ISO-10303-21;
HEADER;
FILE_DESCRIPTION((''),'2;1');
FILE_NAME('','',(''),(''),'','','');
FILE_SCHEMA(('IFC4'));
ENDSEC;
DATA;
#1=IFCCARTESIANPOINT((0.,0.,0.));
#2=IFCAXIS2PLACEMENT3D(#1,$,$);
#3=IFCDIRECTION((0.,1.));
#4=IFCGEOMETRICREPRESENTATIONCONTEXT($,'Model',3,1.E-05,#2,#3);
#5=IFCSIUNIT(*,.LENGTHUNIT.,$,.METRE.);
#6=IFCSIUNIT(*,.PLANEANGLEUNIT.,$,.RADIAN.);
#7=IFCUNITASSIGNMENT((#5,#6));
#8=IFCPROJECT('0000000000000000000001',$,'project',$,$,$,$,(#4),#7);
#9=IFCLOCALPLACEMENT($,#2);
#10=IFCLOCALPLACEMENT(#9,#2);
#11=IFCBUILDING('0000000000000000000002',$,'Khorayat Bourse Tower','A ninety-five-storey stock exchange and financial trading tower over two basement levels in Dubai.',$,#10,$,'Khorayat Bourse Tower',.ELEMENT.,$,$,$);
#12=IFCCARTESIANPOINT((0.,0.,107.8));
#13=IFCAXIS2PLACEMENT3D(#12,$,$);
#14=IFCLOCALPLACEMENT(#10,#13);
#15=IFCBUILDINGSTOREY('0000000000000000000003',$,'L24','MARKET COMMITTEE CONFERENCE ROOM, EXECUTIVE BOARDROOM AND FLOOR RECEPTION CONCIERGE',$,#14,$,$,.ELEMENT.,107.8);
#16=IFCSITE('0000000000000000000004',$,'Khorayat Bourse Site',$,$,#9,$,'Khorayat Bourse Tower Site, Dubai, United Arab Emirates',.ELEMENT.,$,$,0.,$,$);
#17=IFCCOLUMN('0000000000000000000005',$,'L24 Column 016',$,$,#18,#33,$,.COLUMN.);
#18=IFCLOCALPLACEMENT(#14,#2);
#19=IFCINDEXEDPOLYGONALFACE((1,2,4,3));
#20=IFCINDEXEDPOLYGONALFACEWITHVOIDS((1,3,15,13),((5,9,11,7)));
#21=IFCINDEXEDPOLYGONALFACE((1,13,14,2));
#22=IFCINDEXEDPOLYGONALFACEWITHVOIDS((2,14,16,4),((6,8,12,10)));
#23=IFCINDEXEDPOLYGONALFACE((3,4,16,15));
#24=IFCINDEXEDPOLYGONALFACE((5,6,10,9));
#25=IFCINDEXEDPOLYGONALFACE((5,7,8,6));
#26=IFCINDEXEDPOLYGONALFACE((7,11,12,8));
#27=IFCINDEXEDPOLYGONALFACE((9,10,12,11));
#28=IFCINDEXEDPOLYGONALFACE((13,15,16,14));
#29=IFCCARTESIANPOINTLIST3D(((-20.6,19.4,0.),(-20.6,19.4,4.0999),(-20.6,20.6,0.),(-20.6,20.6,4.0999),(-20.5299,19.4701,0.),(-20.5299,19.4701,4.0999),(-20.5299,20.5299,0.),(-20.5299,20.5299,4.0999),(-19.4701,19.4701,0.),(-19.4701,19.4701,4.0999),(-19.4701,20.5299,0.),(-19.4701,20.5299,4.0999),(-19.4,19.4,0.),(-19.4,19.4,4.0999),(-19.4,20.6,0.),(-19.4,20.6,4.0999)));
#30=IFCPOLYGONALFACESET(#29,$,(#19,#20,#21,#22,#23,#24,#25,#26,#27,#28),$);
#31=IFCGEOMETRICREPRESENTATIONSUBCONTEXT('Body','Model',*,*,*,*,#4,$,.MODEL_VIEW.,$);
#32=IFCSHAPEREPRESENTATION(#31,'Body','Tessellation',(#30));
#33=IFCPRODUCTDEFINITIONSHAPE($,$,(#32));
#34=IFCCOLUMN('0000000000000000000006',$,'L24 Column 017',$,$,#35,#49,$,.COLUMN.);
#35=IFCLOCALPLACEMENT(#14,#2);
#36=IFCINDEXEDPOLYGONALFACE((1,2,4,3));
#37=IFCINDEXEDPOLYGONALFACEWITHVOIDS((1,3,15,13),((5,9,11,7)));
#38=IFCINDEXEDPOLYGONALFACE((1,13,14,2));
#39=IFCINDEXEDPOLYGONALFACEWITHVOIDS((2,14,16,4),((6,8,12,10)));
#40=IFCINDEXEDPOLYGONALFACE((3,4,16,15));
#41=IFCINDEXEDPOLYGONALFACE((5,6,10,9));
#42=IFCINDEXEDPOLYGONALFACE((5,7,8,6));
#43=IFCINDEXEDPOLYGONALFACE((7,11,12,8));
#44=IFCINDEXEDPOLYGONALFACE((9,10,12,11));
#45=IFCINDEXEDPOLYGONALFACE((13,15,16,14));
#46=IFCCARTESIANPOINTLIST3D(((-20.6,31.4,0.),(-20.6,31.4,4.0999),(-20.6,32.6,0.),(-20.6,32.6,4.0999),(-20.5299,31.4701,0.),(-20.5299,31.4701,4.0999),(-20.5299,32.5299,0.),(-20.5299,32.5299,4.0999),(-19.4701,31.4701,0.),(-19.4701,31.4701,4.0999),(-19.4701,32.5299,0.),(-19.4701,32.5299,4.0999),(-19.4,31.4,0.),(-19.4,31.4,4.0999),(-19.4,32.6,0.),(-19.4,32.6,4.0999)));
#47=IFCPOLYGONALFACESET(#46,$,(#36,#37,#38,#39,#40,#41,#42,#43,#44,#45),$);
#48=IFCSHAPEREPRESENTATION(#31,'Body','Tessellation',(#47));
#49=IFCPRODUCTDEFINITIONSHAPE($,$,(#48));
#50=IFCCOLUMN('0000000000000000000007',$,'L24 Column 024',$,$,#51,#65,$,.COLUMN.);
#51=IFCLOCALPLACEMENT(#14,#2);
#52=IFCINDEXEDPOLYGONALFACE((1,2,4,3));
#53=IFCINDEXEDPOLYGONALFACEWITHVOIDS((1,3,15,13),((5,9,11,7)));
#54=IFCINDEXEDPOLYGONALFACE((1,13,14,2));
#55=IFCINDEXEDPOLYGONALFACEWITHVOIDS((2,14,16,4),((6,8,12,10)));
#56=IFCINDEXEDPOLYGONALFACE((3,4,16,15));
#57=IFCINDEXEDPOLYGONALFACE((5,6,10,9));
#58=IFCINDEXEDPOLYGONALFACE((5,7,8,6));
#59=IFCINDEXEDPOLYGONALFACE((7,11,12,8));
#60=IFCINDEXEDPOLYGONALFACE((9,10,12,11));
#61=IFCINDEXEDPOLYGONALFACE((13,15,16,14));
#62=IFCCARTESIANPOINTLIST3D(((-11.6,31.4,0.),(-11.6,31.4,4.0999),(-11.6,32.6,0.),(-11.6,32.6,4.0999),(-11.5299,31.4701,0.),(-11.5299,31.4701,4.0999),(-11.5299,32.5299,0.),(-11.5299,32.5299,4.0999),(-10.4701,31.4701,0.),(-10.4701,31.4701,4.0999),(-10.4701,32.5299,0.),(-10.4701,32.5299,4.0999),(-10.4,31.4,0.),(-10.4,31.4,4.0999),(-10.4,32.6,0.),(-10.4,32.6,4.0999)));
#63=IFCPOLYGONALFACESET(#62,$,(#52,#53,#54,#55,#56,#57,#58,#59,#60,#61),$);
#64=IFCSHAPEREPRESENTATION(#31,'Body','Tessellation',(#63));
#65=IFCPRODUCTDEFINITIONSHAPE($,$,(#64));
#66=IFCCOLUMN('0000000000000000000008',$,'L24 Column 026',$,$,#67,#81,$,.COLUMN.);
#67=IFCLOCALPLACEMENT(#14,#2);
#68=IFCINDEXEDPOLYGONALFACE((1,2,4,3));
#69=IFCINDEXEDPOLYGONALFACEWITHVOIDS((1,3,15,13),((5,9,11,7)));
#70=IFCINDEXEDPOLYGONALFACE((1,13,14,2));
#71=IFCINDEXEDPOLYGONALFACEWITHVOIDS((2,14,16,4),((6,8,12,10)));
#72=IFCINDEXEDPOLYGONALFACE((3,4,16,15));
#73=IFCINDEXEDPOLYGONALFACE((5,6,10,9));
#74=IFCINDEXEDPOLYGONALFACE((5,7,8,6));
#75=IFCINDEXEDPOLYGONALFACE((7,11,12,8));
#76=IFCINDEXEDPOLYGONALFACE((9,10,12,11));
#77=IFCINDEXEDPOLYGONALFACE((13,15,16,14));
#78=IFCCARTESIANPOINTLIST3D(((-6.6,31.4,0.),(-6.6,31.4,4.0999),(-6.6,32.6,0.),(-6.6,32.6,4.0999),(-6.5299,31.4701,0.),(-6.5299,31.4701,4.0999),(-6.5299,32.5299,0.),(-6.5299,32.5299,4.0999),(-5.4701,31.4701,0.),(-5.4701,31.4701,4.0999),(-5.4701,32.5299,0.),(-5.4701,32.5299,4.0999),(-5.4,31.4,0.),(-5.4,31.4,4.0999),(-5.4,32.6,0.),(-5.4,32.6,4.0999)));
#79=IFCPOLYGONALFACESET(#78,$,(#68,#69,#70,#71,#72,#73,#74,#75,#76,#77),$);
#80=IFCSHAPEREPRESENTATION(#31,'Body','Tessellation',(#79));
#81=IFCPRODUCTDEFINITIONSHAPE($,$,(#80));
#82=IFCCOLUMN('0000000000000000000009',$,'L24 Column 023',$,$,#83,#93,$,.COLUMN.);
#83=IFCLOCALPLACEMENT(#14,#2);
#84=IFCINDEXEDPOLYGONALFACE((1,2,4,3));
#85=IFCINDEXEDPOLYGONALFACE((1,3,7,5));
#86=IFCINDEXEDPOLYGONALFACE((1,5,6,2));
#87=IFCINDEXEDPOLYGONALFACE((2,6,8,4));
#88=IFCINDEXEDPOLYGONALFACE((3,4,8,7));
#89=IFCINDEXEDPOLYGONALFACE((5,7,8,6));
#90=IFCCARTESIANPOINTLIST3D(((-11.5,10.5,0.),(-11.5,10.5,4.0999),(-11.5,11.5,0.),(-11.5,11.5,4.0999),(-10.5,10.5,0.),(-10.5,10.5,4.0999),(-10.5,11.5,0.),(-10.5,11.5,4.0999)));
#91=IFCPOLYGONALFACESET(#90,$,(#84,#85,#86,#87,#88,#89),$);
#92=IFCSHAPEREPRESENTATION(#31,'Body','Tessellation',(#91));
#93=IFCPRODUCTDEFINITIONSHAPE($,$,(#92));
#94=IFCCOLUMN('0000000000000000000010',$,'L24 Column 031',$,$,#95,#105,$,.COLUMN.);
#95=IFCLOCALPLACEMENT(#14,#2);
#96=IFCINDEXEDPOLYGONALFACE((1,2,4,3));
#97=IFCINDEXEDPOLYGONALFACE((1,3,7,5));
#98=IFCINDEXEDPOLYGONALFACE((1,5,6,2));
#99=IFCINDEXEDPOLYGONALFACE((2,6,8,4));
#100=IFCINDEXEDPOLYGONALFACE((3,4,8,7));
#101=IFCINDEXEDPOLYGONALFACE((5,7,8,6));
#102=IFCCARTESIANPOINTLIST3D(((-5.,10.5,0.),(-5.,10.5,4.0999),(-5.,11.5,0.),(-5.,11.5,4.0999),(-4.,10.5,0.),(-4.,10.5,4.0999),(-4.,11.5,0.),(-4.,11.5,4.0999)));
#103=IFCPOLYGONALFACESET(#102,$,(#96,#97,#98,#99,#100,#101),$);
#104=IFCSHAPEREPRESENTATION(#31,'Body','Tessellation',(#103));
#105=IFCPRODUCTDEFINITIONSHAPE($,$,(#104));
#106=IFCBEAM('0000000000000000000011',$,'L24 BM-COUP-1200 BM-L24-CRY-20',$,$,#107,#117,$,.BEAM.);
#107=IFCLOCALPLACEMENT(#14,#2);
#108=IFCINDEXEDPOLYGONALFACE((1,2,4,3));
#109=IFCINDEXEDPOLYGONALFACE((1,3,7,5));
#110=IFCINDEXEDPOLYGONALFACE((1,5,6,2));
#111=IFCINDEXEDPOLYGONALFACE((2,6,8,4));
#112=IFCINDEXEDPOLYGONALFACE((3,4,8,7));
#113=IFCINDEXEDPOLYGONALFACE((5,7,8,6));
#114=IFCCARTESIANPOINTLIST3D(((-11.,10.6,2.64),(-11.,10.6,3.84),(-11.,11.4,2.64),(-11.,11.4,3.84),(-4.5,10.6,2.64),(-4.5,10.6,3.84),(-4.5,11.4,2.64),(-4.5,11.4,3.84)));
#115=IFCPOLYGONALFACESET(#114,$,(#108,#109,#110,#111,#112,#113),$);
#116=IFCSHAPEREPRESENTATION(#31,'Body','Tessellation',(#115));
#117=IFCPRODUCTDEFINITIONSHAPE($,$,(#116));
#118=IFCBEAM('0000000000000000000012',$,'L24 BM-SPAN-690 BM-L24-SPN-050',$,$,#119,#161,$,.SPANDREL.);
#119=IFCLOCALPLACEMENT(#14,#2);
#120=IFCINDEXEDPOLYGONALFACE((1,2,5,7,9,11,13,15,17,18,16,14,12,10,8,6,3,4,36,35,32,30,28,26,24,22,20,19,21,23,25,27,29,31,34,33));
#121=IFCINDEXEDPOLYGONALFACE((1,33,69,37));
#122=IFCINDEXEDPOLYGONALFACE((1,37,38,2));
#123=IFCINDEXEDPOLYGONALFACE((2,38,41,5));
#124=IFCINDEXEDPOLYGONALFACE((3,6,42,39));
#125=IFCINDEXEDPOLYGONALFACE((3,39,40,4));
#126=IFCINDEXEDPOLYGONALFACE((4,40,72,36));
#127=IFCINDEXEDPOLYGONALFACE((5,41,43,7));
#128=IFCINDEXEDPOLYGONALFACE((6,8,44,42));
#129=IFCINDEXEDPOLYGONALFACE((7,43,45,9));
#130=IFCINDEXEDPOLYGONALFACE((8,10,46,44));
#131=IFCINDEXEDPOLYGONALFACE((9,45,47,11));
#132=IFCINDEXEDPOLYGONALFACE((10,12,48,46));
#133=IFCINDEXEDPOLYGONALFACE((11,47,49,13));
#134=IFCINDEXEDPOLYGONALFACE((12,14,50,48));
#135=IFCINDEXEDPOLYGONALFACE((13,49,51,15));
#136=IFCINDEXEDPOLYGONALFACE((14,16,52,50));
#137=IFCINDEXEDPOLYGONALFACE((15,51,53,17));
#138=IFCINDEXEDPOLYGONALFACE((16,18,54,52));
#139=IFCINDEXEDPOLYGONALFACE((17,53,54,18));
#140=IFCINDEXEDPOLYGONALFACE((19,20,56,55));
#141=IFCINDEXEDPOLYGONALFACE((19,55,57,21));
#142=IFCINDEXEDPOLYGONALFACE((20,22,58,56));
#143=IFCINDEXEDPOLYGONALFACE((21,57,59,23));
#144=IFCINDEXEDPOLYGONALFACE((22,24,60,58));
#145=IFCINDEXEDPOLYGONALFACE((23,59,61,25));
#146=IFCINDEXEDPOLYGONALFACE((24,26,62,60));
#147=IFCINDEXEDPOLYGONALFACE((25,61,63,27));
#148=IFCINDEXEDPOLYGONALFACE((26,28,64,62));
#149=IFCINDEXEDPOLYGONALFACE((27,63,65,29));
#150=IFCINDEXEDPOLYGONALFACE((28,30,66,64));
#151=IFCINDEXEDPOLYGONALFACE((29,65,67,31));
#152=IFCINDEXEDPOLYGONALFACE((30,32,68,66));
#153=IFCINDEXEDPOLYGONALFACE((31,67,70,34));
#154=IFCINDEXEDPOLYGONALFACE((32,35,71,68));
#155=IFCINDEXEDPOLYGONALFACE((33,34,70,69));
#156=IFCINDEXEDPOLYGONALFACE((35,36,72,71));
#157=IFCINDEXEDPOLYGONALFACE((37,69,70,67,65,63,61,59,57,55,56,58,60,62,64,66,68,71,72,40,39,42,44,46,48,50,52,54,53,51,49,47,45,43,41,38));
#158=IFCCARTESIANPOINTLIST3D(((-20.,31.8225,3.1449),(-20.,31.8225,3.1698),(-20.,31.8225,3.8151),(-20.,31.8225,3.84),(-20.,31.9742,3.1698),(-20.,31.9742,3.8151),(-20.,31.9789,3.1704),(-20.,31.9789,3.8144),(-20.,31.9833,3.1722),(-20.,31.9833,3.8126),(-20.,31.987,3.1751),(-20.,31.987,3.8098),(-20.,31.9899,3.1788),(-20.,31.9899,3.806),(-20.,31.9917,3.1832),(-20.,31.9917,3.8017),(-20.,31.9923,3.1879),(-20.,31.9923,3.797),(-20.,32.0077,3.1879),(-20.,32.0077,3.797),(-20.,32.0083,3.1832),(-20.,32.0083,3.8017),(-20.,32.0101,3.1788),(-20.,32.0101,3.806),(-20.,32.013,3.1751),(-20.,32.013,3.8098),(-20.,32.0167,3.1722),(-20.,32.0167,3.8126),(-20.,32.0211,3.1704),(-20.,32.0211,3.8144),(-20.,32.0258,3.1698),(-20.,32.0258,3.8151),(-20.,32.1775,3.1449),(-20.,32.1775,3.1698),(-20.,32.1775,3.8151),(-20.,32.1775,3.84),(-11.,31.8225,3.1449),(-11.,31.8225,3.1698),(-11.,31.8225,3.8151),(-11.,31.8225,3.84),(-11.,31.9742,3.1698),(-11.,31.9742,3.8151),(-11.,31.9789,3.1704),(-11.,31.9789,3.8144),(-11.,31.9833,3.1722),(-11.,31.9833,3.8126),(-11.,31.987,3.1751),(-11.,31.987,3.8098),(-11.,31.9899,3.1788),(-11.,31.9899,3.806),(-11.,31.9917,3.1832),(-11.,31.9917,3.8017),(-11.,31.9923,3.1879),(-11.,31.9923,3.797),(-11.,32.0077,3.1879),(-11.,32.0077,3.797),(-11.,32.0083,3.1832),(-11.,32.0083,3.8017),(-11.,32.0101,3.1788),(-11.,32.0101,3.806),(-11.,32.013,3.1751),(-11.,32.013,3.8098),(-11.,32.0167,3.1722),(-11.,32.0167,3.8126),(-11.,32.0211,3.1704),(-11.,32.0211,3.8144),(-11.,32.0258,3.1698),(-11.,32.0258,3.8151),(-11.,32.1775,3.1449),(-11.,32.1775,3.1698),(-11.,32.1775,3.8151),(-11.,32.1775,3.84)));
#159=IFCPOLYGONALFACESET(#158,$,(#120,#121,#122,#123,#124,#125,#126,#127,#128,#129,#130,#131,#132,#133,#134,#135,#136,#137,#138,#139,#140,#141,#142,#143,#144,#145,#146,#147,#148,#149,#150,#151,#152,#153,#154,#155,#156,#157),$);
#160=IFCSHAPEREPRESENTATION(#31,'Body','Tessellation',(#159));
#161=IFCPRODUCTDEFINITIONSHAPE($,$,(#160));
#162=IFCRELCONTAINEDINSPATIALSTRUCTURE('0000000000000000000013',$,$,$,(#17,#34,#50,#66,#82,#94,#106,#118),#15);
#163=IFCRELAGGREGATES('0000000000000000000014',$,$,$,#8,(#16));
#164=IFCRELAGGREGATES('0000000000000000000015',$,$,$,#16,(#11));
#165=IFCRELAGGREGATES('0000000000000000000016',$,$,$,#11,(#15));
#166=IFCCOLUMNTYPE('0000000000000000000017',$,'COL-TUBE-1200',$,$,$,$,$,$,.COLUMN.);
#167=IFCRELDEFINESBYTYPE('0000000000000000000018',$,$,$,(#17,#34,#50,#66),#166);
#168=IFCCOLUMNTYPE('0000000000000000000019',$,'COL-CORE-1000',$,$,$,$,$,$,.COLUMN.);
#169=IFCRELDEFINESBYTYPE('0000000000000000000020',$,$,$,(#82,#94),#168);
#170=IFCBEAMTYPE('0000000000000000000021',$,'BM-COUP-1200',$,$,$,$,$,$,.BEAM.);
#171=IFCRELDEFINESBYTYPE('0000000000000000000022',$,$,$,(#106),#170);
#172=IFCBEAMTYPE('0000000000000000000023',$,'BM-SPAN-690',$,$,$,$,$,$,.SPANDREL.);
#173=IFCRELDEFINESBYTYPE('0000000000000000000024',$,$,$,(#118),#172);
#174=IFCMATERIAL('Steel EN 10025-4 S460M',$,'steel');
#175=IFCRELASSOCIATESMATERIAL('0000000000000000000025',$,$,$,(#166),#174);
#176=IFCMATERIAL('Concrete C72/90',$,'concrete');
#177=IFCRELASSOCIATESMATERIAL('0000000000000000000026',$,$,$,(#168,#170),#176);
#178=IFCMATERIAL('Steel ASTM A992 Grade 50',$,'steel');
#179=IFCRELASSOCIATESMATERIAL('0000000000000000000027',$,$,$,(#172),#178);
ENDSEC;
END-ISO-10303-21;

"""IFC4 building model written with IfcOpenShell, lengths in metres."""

from ifc_helpers import new_model, si_unit, direction, frame, origin, origin_2d, place, context, subcontext, project, spatial, rectangle, hollow_rectangle, i_section, extrude, source, transform, mapped, material, material_profile, profile_set, type_object, element, save


model = new_model("IFC4")

# Units and contexts
model_context = context("Model", 3, precision=1e-05, world=origin(), true_north=direction((0.0, 1.0)))
body_context = subcontext(model_context, "Body", "Model", "MODEL_VIEW")
ifc_project = project(units=[si_unit("LENGTHUNIT", "METRE"), si_unit("PLANEANGLEUNIT", "RADIAN")], contexts=[model_context])

# Site, building, storey
site_placement = place(None, origin())
site = spatial("IfcSite", under=ifc_project, at=site_placement, Name="Khorayat Bourse Site", LongName="Khorayat Bourse Tower Site, Dubai, United Arab Emirates", CompositionType="ELEMENT", RefElevation=0.0)
building_placement = place(site_placement, origin())
building = spatial("IfcBuilding", under=site, at=building_placement, Name="Khorayat Bourse Tower", Description="A ninety-five-storey stock exchange and financial trading tower over two basement levels in Dubai.", LongName="Khorayat Bourse Tower", CompositionType="ELEMENT")
storey_placement = place(building_placement, frame((0.0, 0.0, 107.8)))
storey = spatial("IfcBuildingStorey", under=building, at=storey_placement, Name="L24", Description="MARKET COMMITTEE CONFERENCE ROOM, EXECUTIVE BOARDROOM AND FLOOR RECEPTION CONCIERGE", CompositionType="ELEMENT", Elevation=107.8)

# Columns
ifc_material_1 = material(Name="Steel EN 10025-4 S460M", Category="steel")
ifc_material_profile_1 = material_profile(ifc_material_1, hollow_rectangle(XDim=1.2, YDim=1.2, WallThickness=0.0701, at=origin_2d()), Name="BOX 1200x1200x70")
ifc_profile_set_1 = profile_set([ifc_material_profile_1], Name="Steel EN 10025-4 S460M")
column_type_1 = type_object("IfcColumnType", Name="COL-TUBE-1200", PredefinedType="COLUMN", material=ifc_profile_set_1)
shared_shape_1 = source(origin(), body_context, "Body", "SweptSolid", [
    extrude(hollow_rectangle(XDim=1.2, YDim=1.2, WallThickness=0.0701, at=origin_2d()), origin(), (0.0, 0.0, 1.0), 4.0999),
])
for number, where, z_axis, x_axis, name in (
    (1, (-20.0, 20.0, 0.0), (0.0, 0.0, 1.0), (1.0, 0.0, 0.0), "L24 Column 016"),
    (2, (-20.0, 32.0, 0.0), (0.0, 0.0, 1.0), (1.0, 0.0, 0.0), "L24 Column 017"),
    (3, (-11.0, 32.0, 0.0), (0.0, 0.0, 1.0), (1.0, 0.0, 0.0), "L24 Column 024"),
    (4, (-6.0, 32.0, 0.0), (0.0, 0.0, 1.0), (1.0, 0.0, 0.0), "L24 Column 026"),
):
    element("IfcColumn", number, at=place(storey_placement, frame(where, z_axis=z_axis, x_axis=x_axis)), inside=storey, type_object=column_type_1, Name=name, PredefinedType="COLUMN", context=body_context, shape_type="MappedRepresentation", body=[
        mapped(shared_shape_1, transform((0.0, 0.0, 0.0), scale=1.0)),
    ])
ifc_material_2 = material(Name="Concrete C72/90", Category="concrete")
ifc_material_profile_2 = material_profile(ifc_material_2, rectangle(XDim=1.0, YDim=1.0, at=origin_2d()), Name="RC 1000x1000")
ifc_profile_set_2 = profile_set([ifc_material_profile_2], Name="Concrete C72/90")
column_type_2 = type_object("IfcColumnType", Name="COL-CORE-1000", PredefinedType="COLUMN", material=ifc_profile_set_2)
shared_shape_2 = source(origin(), body_context, "Body", "SweptSolid", [
    extrude(rectangle(XDim=1.0, YDim=1.0, at=origin_2d()), origin(), (0.0, 0.0, 1.0), 4.0999),
])
for number, where, z_axis, x_axis, name in (
    (5, (-11.0, 11.0, 0.0), (0.0, 0.0, 1.0), (1.0, 0.0, 0.0), "L24 Column 023"),
    (6, (-4.5, 11.0, 0.0), (0.0, 0.0, 1.0), (1.0, 0.0, 0.0), "L24 Column 031"),
):
    element("IfcColumn", number, at=place(storey_placement, frame(where, z_axis=z_axis, x_axis=x_axis)), inside=storey, type_object=column_type_2, Name=name, PredefinedType="COLUMN", context=body_context, shape_type="MappedRepresentation", body=[
        mapped(shared_shape_2, transform((0.0, 0.0, 0.0), scale=1.0)),
    ])

# Beams
ifc_material_profile_3 = material_profile(ifc_material_2, rectangle(XDim=0.8, YDim=1.2, at=origin_2d()), Name="RC 800x1200")
ifc_profile_set_3 = profile_set([ifc_material_profile_3], Name="Concrete C72/90")
beam_type_1 = type_object("IfcBeamType", Name="BM-COUP-1200", PredefinedType="BEAM", material=ifc_profile_set_3)
shared_shape_3 = source(origin(), body_context, "Body", "SweptSolid", [
    extrude(rectangle(XDim=0.8, YDim=1.2, at=origin_2d()), origin(), (0.0, 0.0, 1.0), 6.5),
])
beam_1_placement = place(storey_placement, frame((-11.0, 11.0, 3.24), z_axis=(1.0, 0.0, 0.0), x_axis=(0.0, 1.0, 0.0)))
element("IfcBeam", 7, at=beam_1_placement, inside=storey, type_object=beam_type_1, Name="L24 BM-COUP-1200 BM-L24-CRY-20", PredefinedType="BEAM", context=body_context, shape_type="MappedRepresentation", body=[
    mapped(shared_shape_3, transform((0.0, 0.0, 0.0), scale=1.0)),
])
ifc_material_3 = material(Name="Steel ASTM A992 Grade 50", Category="steel")
ifc_material_profile_4 = material_profile(ifc_material_3, i_section(OverallWidth=0.355, OverallDepth=0.6951, WebThickness=0.0154, FlangeThickness=0.0249, FilletRadius=0.0181, at=origin_2d()), Name="W690X217")
ifc_profile_set_4 = profile_set([ifc_material_profile_4], Name="Steel ASTM A992 Grade 50")
beam_type_2 = type_object("IfcBeamType", Name="BM-SPAN-690", PredefinedType="SPANDREL", material=ifc_profile_set_4)
shared_shape_4 = source(origin(), body_context, "Body", "SweptSolid", [
    extrude(i_section(OverallWidth=0.355, OverallDepth=0.6951, WebThickness=0.0154, FlangeThickness=0.0249, FilletRadius=0.0181, at=origin_2d()), origin(), (0.0, 0.0, 1.0), 9.0),
])
beam_2_placement = place(storey_placement, frame((-20.0, 32.0, 3.4924), z_axis=(1.0, 0.0, 0.0), x_axis=(0.0, 1.0, 0.0)))
element("IfcBeam", 8, at=beam_2_placement, inside=storey, type_object=beam_type_2, Name="L24 BM-SPAN-690 BM-L24-SPN-050", PredefinedType="SPANDREL", context=body_context, shape_type="MappedRepresentation", body=[
    mapped(shared_shape_4, transform((0.0, 0.0, 0.0), scale=1.0)),
])

save(model, "model.ifc")
